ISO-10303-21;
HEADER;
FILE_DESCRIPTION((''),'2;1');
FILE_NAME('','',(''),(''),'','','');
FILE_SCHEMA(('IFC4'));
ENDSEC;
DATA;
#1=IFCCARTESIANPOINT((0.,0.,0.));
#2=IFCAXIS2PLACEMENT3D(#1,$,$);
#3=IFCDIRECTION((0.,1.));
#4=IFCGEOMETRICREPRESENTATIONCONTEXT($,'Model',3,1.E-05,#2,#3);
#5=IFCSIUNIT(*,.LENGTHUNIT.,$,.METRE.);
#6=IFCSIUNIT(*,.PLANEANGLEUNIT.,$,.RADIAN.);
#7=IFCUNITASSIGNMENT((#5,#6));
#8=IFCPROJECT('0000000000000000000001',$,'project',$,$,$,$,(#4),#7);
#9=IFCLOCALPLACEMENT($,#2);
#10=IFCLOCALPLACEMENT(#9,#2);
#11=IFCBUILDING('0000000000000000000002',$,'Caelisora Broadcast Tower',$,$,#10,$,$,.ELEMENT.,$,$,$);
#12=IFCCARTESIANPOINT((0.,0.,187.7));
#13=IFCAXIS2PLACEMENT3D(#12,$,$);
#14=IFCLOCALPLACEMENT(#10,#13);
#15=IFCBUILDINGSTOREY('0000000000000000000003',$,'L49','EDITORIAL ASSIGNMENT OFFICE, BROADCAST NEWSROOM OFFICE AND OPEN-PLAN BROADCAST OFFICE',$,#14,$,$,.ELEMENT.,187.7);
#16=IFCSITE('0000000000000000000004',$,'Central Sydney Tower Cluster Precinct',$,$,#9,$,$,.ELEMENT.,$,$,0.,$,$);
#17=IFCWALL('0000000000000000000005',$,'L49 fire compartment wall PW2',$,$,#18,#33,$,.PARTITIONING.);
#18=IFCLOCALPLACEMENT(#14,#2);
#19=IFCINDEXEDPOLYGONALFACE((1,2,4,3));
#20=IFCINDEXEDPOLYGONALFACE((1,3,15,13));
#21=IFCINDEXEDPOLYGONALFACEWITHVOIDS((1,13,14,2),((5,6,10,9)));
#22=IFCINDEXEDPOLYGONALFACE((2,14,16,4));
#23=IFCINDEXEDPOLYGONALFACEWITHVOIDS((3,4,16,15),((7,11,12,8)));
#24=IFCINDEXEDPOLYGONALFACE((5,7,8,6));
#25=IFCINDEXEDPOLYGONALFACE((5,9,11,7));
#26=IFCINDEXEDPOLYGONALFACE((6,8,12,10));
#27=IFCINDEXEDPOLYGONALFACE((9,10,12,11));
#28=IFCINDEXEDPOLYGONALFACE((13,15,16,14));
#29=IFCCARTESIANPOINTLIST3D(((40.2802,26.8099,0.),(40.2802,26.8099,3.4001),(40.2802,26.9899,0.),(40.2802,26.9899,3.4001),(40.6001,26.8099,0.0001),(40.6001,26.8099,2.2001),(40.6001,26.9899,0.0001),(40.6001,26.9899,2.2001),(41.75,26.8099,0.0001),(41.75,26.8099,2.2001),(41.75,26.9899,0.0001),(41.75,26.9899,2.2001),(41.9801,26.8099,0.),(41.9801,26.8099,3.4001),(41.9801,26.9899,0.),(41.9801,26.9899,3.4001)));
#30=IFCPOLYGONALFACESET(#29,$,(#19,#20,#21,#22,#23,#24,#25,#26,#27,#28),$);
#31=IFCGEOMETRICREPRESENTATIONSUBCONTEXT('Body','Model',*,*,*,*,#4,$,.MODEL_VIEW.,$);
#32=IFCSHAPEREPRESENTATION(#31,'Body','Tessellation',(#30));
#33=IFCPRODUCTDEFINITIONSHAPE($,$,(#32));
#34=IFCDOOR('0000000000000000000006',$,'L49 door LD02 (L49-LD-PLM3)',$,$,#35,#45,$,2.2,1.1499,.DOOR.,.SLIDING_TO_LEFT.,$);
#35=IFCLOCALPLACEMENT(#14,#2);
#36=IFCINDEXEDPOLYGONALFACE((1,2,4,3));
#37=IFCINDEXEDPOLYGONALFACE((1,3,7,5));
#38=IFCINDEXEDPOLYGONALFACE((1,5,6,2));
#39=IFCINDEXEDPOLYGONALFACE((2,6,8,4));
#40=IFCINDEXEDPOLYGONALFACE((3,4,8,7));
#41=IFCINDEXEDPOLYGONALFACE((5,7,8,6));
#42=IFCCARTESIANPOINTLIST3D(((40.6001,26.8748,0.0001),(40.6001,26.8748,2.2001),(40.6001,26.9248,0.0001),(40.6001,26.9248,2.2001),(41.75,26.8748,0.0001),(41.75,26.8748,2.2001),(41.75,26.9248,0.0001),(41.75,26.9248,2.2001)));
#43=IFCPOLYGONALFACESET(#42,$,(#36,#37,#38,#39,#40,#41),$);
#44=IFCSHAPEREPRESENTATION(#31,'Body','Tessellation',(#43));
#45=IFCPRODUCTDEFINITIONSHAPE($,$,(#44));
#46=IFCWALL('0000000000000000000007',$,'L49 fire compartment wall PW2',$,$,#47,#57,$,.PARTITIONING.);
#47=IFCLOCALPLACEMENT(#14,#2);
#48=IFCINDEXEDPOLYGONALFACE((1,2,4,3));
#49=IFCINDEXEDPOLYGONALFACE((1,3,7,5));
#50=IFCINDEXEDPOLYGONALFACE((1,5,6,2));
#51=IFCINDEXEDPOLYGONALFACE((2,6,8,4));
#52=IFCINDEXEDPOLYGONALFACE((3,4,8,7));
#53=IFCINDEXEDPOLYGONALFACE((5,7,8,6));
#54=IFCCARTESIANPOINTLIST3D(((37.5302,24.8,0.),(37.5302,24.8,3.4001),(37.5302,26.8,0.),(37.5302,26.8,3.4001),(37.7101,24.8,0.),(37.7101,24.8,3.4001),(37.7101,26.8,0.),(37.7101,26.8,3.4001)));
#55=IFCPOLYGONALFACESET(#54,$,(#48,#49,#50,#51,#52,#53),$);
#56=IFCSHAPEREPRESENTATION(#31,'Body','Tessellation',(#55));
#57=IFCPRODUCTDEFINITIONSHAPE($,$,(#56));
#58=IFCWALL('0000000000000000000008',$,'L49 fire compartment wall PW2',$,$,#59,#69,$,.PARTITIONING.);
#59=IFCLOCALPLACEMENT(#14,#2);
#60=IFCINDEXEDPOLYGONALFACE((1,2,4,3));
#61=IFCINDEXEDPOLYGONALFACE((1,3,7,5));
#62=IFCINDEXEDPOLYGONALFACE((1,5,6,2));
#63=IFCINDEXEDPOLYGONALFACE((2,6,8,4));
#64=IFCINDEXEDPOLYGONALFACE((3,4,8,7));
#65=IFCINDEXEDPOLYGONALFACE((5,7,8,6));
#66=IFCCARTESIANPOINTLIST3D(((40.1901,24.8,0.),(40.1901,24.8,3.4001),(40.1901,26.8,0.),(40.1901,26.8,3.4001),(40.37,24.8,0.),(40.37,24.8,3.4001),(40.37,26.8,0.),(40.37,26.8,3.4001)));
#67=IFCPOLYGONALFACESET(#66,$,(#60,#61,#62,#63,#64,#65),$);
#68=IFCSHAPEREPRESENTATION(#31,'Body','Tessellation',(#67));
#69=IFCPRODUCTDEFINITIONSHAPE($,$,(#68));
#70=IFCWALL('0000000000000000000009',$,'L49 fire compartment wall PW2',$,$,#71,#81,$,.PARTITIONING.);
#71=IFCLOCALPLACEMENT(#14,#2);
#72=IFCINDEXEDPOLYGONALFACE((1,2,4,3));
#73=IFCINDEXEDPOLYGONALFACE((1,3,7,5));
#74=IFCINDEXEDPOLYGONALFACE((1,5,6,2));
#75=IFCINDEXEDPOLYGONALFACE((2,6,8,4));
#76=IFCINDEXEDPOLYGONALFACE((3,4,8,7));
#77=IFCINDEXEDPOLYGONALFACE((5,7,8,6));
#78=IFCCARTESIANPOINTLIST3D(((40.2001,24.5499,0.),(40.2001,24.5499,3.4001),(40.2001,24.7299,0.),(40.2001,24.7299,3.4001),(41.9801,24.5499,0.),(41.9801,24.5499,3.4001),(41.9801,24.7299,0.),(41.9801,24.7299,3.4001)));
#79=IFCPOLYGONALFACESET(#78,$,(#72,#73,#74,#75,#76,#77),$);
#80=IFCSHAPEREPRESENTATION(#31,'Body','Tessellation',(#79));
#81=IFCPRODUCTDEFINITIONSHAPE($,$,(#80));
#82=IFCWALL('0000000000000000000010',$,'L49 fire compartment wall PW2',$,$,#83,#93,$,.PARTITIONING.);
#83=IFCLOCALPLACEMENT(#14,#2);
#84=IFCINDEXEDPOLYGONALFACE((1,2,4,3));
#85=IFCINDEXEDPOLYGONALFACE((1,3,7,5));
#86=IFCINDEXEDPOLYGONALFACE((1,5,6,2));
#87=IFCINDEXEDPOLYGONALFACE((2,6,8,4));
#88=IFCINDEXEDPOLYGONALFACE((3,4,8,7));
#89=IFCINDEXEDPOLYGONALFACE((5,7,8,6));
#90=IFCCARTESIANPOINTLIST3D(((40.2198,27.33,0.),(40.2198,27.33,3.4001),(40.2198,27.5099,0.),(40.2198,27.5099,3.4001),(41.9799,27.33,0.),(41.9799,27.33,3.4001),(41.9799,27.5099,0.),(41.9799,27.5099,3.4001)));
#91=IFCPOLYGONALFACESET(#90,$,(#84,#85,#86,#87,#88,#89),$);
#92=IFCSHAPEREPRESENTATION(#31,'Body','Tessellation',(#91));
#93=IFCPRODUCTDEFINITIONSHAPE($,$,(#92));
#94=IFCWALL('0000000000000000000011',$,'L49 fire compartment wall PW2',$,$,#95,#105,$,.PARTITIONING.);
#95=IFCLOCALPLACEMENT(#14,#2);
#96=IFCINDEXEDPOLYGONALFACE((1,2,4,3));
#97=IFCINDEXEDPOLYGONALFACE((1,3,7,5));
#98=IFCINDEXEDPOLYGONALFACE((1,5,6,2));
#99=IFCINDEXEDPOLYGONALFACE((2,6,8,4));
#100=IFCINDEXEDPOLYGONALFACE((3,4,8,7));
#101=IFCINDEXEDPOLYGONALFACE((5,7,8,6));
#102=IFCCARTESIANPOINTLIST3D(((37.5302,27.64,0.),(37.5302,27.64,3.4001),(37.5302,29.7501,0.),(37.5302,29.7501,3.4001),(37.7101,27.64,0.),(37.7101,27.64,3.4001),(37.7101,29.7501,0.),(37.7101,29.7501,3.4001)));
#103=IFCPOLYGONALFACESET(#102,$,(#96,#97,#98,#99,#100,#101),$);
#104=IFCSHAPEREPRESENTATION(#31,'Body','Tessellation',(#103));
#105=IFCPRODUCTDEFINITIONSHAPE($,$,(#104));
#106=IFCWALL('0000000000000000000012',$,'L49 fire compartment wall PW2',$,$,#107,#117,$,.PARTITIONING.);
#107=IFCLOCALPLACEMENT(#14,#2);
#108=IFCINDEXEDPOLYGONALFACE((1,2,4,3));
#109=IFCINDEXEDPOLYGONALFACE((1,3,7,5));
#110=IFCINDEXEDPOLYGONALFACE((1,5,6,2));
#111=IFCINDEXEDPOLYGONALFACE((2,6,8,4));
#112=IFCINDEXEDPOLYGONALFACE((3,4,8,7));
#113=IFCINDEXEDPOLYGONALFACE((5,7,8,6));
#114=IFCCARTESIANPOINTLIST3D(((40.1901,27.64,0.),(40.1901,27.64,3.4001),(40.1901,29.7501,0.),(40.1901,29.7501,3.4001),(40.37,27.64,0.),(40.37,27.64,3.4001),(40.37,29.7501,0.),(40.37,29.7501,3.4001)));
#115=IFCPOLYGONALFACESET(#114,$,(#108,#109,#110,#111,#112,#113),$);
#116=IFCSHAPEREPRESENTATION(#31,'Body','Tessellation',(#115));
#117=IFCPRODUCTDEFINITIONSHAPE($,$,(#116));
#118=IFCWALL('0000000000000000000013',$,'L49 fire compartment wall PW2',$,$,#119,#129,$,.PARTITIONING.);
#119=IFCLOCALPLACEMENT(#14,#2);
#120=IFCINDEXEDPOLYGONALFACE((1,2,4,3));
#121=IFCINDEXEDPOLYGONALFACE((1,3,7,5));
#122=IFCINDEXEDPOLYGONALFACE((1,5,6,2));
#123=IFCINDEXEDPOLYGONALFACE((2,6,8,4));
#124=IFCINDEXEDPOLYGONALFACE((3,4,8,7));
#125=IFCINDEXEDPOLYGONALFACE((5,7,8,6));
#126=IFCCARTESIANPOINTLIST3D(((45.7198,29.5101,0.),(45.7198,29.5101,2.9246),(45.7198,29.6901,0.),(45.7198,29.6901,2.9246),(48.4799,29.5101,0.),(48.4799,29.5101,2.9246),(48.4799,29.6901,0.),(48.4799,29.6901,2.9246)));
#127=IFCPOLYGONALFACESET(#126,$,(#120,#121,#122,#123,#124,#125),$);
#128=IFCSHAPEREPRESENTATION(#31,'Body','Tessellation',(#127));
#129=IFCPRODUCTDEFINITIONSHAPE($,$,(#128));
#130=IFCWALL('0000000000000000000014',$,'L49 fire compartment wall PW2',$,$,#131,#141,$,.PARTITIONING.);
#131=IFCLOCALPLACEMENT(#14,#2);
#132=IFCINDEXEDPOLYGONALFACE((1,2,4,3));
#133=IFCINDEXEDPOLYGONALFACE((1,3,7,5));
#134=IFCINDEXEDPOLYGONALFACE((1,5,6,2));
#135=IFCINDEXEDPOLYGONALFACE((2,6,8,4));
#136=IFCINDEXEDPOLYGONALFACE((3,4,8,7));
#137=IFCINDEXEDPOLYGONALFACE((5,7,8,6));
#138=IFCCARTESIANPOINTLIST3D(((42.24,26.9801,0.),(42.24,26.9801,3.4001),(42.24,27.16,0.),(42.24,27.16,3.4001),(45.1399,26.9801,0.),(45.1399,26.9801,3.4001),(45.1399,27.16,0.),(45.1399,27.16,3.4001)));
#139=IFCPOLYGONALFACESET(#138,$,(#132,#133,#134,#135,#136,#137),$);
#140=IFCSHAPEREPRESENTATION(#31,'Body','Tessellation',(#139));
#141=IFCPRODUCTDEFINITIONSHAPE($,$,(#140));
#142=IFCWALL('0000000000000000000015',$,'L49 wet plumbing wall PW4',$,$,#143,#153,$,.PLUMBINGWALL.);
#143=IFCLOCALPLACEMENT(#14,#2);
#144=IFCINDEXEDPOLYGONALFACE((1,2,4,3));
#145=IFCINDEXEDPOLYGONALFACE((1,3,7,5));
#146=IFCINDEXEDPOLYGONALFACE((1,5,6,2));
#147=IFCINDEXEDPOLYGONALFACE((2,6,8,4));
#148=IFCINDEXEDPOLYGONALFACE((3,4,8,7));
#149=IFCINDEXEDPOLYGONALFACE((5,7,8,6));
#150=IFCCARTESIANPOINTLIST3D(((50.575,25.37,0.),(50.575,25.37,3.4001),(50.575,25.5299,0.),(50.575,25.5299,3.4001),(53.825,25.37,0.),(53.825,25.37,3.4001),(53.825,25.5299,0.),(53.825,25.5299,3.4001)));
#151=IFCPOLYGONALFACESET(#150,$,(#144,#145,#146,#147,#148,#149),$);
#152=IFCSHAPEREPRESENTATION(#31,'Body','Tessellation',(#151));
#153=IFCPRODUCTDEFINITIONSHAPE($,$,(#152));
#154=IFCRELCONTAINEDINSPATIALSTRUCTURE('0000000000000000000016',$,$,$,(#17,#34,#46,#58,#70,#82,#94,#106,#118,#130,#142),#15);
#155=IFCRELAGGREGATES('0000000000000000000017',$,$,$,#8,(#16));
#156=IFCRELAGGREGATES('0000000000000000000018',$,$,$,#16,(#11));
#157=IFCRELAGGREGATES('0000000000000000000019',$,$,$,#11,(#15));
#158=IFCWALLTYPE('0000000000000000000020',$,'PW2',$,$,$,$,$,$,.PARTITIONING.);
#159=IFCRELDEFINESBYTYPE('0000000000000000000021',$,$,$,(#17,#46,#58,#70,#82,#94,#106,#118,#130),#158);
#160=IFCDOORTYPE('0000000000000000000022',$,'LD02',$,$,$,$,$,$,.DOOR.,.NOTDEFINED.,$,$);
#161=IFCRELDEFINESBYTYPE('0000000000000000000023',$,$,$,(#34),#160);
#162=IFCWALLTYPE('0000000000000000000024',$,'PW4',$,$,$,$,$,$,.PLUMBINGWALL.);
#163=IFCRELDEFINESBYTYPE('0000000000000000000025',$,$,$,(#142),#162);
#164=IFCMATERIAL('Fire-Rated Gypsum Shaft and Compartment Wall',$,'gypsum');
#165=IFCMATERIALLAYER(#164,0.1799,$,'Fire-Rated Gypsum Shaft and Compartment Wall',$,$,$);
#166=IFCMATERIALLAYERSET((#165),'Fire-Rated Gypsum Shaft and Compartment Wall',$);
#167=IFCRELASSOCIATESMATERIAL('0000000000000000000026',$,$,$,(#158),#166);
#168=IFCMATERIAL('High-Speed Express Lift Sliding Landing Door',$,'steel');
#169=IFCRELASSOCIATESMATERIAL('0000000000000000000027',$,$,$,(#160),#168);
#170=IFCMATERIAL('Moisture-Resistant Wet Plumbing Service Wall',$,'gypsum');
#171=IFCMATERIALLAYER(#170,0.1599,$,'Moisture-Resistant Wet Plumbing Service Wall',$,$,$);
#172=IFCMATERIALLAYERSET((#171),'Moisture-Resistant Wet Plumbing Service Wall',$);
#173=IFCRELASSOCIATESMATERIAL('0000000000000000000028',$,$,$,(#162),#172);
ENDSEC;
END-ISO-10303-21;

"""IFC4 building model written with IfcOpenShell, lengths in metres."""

from ifc_helpers import new_model, si_unit, direction, frame, frame_2d, origin, place, context, subcontext, project, spatial, rectangle, extrude, material, layer, layer_set, type_object, element, fill, save


model = new_model("IFC4")

# Units and contexts
model_context = context("Model", 3, precision=1e-05, world=origin(), true_north=direction((0.0, 1.0)))
body_context = subcontext(model_context, "Body", "Model", "MODEL_VIEW")
ifc_project = project(units=[si_unit("LENGTHUNIT", "METRE"), si_unit("PLANEANGLEUNIT", "RADIAN")], contexts=[model_context])

# Site, building, storey
site_placement = place(None, origin())
site = spatial("IfcSite", under=ifc_project, at=site_placement, Name="Central Sydney Tower Cluster Precinct", CompositionType="ELEMENT", RefElevation=0.0)
building_placement = place(site_placement, origin())
building = spatial("IfcBuilding", under=site, at=building_placement, Name="Caelisora Broadcast Tower", CompositionType="ELEMENT")
storey_placement = place(building_placement, frame((0.0, 0.0, 187.7)))
storey = spatial("IfcBuildingStorey", under=building, at=storey_placement, Name="L49", Description="EDITORIAL ASSIGNMENT OFFICE, BROADCAST NEWSROOM OFFICE AND OPEN-PLAN BROADCAST OFFICE", CompositionType="ELEMENT", Elevation=187.7)

# Wall, opening, door
ifc_material_1 = material(Name="Fire-Rated Gypsum Shaft and Compartment Wall", Category="gypsum")
ifc_layer_1 = layer(ifc_material_1, 0.1799, Name="Fire-Rated Gypsum Shaft and Compartment Wall")
ifc_layer_set_1 = layer_set([ifc_layer_1], Name="Fire-Rated Gypsum Shaft and Compartment Wall")
wall_type_1 = type_object("IfcWallType", Name="PW2", PredefinedType="PARTITIONING", material=ifc_layer_set_1)
wall_1_placement = place(storey_placement, frame((40.28, 26.8999, 0.0), z_axis=(0.0, 0.0, 1.0), x_axis=(1.0, 0.0, 0.0)))
wall_1 = element("IfcWall", 1, at=wall_1_placement, inside=storey, type_object=wall_type_1, Name="L49 fire compartment wall PW2", PredefinedType="PARTITIONING", context=body_context, shape_type="SweptSolid", body=[
    extrude(rectangle(XDim=1.7, YDim=0.1799, at=frame_2d((0.8501, 0.0))), origin(), (0.0, 0.0, 1.0), 3.4001),
])
opening_placement = place(wall_1_placement, frame((0.3201, 0.0, 0.0)))
opening = element("IfcOpeningElement", 2, at=opening_placement, cuts=wall_1, PredefinedType="OPENING", context=body_context, shape_type="SweptSolid", body=[
    extrude(rectangle(XDim=1.1499, YDim=2.2, at=frame_2d((0.575, 1.1001))), frame((0.0, 0.1021, 0.0), z_axis=(0.0, -1.0, 0.0), x_axis=(1.0, 0.0, 0.0)), (0.0, 0.0, 1.0), 0.2039),
])
ifc_material_2 = material(Name="High-Speed Express Lift Sliding Landing Door", Category="steel")
door_type = type_object("IfcDoorType", Name="LD02", OperationType="NOTDEFINED", PredefinedType="DOOR", material=ifc_material_2)
door_placement = place(opening_placement, origin())
door = element("IfcDoor", 3, at=door_placement, inside=storey, type_object=door_type, Name="L49 door LD02 (L49-LD-PLM3)", OperationType="SLIDING_TO_LEFT", OverallHeight=2.2, OverallWidth=1.1499, PredefinedType="DOOR", context=body_context, shape_type="SweptSolid", body=[
    extrude(rectangle(XDim=1.1499, YDim=2.2, at=frame_2d((0.575, 1.1001))), frame((0.0, 0.0249, 0.0), z_axis=(0.0, -1.0, 0.0), x_axis=(1.0, 0.0, 0.0)), (0.0, 0.0, 1.0), 0.05),
])
fill(opening, door)

# Walls
for number, where, z_axis, x_axis, name in (
    (4, (37.6201, 24.8, 0.0), (0.0, 0.0, 1.0), (0.0, 1.0, 0.0), "L49 fire compartment wall PW2"),
    (5, (40.28, 24.8, 0.0), (0.0, 0.0, 1.0), (0.0, 1.0, 0.0), "L49 fire compartment wall PW2"),
):
    element("IfcWall", number, at=place(storey_placement, frame(where, z_axis=z_axis, x_axis=x_axis)), inside=storey, type_object=wall_type_1, Name=name, PredefinedType="PARTITIONING", context=body_context, shape_type="SweptSolid", body=[
        extrude(rectangle(XDim=2.0, YDim=0.1799, at=frame_2d((1.0, 0.0))), origin(), (0.0, 0.0, 1.0), 3.4001),
    ])
wall_2_placement = place(storey_placement, frame((40.2, 24.6399, 0.0), z_axis=(0.0, 0.0, 1.0), x_axis=(1.0, 0.0, 0.0)))
element("IfcWall", 6, at=wall_2_placement, inside=storey, type_object=wall_type_1, Name="L49 fire compartment wall PW2", PredefinedType="PARTITIONING", context=body_context, shape_type="SweptSolid", body=[
    extrude(rectangle(XDim=1.78, YDim=0.1799, at=frame_2d((0.8901, 0.0))), origin(), (0.0, 0.0, 1.0), 3.4001),
])
wall_3_placement = place(storey_placement, frame((40.22, 27.4199, 0.0), z_axis=(0.0, 0.0, 1.0), x_axis=(1.0, 0.0, 0.0)))
element("IfcWall", 7, at=wall_3_placement, inside=storey, type_object=wall_type_1, Name="L49 fire compartment wall PW2", PredefinedType="PARTITIONING", context=body_context, shape_type="SweptSolid", body=[
    extrude(rectangle(XDim=1.76, YDim=0.1799, at=frame_2d((0.8799, 0.0))), origin(), (0.0, 0.0, 1.0), 3.4001),
])
for number, where, z_axis, x_axis, name in (
    (8, (37.6201, 27.6399, 0.0), (0.0, 0.0, 1.0), (0.0, 1.0, 0.0), "L49 fire compartment wall PW2"),
    (9, (40.28, 27.6399, 0.0), (0.0, 0.0, 1.0), (0.0, 1.0, 0.0), "L49 fire compartment wall PW2"),
):
    element("IfcWall", number, at=place(storey_placement, frame(where, z_axis=z_axis, x_axis=x_axis)), inside=storey, type_object=wall_type_1, Name=name, PredefinedType="PARTITIONING", context=body_context, shape_type="SweptSolid", body=[
        extrude(rectangle(XDim=2.1101, YDim=0.1799, at=frame_2d((1.0552, 0.0))), origin(), (0.0, 0.0, 1.0), 3.4001),
    ])
wall_4_placement = place(storey_placement, frame((45.72, 29.6001, 0.0), z_axis=(0.0, 0.0, 1.0), x_axis=(1.0, 0.0, 0.0)))
element("IfcWall", 10, at=wall_4_placement, inside=storey, type_object=wall_type_1, Name="L49 fire compartment wall PW2", PredefinedType="PARTITIONING", context=body_context, shape_type="SweptSolid", body=[
    extrude(rectangle(XDim=2.76, YDim=0.1799, at=frame_2d((1.3799, 0.0))), origin(), (0.0, 0.0, 1.0), 2.9246),
])
wall_5_placement = place(storey_placement, frame((42.24, 27.0701, 0.0), z_axis=(0.0, 0.0, 1.0), x_axis=(1.0, 0.0, 0.0)))
element("IfcWall", 11, at=wall_5_placement, inside=storey, type_object=wall_type_1, Name="L49 fire compartment wall PW2", PredefinedType="PARTITIONING", context=body_context, shape_type="SweptSolid", body=[
    extrude(rectangle(XDim=2.8999, YDim=0.1799, at=frame_2d((1.45, 0.0))), origin(), (0.0, 0.0, 1.0), 3.4001),
])
ifc_material_3 = material(Name="Moisture-Resistant Wet Plumbing Service Wall", Category="gypsum")
ifc_layer_2 = layer(ifc_material_3, 0.1599, Name="Moisture-Resistant Wet Plumbing Service Wall")
ifc_layer_set_2 = layer_set([ifc_layer_2], Name="Moisture-Resistant Wet Plumbing Service Wall")
wall_type_2 = type_object("IfcWallType", Name="PW4", PredefinedType="PLUMBINGWALL", material=ifc_layer_set_2)
wall_6_placement = place(storey_placement, frame((50.575, 25.45, 0.0), z_axis=(0.0, 0.0, 1.0), x_axis=(1.0, 0.0, 0.0)))
element("IfcWall", 12, at=wall_6_placement, inside=storey, type_object=wall_type_2, Name="L49 wet plumbing wall PW4", PredefinedType="PLUMBINGWALL", context=body_context, shape_type="SweptSolid", body=[
    extrude(rectangle(XDim=3.25, YDim=0.1599, at=frame_2d((1.625, 0.0))), origin(), (0.0, 0.0, 1.0), 3.4001),
])

save(model, "model.ifc")
